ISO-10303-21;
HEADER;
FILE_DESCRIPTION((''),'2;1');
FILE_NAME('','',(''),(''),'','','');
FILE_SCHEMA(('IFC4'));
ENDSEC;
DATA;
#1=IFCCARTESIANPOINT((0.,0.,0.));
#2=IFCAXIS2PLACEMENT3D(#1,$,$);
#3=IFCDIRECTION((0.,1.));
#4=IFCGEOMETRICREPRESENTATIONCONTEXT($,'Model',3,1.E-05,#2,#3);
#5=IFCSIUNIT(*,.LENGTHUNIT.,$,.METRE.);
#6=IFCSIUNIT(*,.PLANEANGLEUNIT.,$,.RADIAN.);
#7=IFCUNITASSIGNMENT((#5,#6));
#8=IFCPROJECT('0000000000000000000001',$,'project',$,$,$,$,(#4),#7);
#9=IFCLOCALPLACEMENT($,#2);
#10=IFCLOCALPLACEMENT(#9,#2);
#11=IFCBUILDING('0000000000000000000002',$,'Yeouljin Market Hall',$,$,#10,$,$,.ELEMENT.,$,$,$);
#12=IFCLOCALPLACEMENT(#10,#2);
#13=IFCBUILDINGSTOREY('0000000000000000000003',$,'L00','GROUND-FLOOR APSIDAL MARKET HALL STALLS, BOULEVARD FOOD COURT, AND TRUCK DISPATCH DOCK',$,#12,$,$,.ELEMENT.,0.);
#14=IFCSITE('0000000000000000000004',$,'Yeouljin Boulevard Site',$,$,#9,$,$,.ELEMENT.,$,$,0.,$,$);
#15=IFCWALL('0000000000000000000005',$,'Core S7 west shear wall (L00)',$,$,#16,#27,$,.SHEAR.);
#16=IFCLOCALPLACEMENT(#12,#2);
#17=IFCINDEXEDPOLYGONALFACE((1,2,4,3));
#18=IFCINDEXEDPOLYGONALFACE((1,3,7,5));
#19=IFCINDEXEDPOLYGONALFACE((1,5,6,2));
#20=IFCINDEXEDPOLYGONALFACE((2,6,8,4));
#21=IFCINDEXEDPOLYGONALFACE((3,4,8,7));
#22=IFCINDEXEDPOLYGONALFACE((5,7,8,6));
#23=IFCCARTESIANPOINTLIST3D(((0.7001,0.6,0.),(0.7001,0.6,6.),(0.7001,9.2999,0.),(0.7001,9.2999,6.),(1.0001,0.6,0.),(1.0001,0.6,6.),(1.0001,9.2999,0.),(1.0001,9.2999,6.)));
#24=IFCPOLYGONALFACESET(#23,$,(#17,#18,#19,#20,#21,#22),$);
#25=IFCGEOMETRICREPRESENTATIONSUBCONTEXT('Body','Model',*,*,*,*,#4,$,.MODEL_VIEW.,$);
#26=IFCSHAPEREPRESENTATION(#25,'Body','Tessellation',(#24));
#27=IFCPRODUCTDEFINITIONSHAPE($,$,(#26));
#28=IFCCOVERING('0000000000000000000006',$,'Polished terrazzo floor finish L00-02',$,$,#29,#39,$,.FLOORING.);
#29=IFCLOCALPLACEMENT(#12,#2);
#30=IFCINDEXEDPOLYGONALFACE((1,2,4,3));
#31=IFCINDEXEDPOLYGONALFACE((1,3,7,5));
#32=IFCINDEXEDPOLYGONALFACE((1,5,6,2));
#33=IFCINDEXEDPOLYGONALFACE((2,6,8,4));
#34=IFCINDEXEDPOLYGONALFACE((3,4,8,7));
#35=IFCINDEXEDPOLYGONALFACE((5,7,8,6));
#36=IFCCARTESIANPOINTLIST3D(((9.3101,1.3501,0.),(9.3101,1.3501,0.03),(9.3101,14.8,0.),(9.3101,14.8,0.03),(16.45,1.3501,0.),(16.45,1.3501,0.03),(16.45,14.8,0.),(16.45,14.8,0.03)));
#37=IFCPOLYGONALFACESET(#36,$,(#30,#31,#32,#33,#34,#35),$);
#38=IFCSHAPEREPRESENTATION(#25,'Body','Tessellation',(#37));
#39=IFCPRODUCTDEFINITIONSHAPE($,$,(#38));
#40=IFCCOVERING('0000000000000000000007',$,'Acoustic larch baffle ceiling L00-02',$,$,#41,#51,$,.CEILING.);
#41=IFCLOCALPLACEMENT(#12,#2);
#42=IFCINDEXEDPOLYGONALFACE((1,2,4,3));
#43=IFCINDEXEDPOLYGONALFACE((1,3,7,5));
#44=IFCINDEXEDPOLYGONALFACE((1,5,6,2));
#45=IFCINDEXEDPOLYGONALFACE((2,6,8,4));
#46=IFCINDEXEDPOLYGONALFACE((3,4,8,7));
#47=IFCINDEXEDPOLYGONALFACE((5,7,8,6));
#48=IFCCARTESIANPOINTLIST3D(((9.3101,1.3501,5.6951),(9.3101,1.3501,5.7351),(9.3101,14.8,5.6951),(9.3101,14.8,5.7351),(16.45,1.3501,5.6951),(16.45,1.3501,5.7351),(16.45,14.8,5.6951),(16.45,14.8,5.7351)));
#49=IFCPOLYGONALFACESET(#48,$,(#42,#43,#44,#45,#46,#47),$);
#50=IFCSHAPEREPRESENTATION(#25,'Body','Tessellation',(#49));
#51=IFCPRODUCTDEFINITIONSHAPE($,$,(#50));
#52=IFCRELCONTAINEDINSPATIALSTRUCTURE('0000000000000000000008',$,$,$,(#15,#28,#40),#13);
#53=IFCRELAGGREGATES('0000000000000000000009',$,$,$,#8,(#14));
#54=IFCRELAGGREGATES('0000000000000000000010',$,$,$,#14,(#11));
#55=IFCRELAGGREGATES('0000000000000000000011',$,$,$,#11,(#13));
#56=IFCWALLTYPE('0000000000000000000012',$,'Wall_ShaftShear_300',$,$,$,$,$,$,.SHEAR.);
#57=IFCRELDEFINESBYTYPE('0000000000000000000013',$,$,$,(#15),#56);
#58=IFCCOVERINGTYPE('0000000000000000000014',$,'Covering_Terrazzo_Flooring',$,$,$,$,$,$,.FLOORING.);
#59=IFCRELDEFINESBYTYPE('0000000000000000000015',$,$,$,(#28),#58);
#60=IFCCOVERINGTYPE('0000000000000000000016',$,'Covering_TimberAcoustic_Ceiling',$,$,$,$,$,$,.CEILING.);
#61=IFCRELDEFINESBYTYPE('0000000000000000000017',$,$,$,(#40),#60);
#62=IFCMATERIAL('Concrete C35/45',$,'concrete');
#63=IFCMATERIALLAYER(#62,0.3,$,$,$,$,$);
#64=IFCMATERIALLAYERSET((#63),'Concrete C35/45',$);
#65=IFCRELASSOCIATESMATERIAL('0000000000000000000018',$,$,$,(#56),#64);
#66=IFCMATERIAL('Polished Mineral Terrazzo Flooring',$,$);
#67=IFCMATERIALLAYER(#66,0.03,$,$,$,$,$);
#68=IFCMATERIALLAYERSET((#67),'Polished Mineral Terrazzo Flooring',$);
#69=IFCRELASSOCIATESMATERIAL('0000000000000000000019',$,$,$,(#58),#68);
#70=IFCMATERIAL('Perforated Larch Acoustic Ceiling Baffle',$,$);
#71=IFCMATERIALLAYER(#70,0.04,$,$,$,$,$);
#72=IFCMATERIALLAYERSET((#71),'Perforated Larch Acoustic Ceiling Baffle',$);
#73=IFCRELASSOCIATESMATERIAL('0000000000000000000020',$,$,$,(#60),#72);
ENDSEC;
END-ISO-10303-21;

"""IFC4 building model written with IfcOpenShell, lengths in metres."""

from ifc_helpers import new_model, si_unit, direction, frame, frame_2d, origin, place, context, subcontext, project, spatial, polyline, rectangle, outline, extrude, material, layer, layer_set, type_object, element, save


model = new_model("IFC4")

# Units and contexts
model_context = context("Model", 3, precision=1e-05, world=origin(), true_north=direction((0.0, 1.0)))
body_context = subcontext(model_context, "Body", "Model", "MODEL_VIEW")
ifc_project = project(units=[si_unit("LENGTHUNIT", "METRE"), si_unit("PLANEANGLEUNIT", "RADIAN")], contexts=[model_context])

# Site, building, storey
site_placement = place(None, origin())
site = spatial("IfcSite", under=ifc_project, at=site_placement, Name="Yeouljin Boulevard Site", CompositionType="ELEMENT", RefElevation=0.0)
building_placement = place(site_placement, origin())
building = spatial("IfcBuilding", under=site, at=building_placement, Name="Yeouljin Market Hall", CompositionType="ELEMENT")
storey_placement = place(building_placement, origin())
storey = spatial("IfcBuildingStorey", under=building, at=storey_placement, Name="L00", Description="GROUND-FLOOR APSIDAL MARKET HALL STALLS, BOULEVARD FOOD COURT, AND TRUCK DISPATCH DOCK", CompositionType="ELEMENT", Elevation=0.0)

# Wall
ifc_material_1 = material(Name="Concrete C35/45", Category="concrete")
ifc_layer_1 = layer(ifc_material_1, 0.3)
ifc_layer_set_1 = layer_set([ifc_layer_1], Name="Concrete C35/45")
wall_type_1 = type_object("IfcWallType", Name="Wall_ShaftShear_300", PredefinedType="SHEAR", material=ifc_layer_set_1)
wall_1_placement = place(storey_placement, frame((0.8501, 9.3, 0.0), z_axis=(0.0, 0.0, 1.0), x_axis=(0.0, -1.0, 0.0)))
element("IfcWall", 1, at=wall_1_placement, inside=storey, type_object=wall_type_1, Name="Core S7 west shear wall (L00)", PredefinedType="SHEAR", context=body_context, shape_type="SweptSolid", body=[
    extrude(rectangle(XDim=8.7, YDim=0.3, at=frame_2d((4.3501, 0.0))), origin(), (0.0, 0.0, 1.0), 6.0),
])

# Coverings
ifc_material_2 = material(Name="Polished Mineral Terrazzo Flooring")
ifc_layer_2 = layer(ifc_material_2, 0.03)
ifc_layer_set_2 = layer_set([ifc_layer_2], Name="Polished Mineral Terrazzo Flooring")
covering_type_1 = type_object("IfcCoveringType", Name="Covering_Terrazzo_Flooring", PredefinedType="FLOORING", material=ifc_layer_set_2)
covering_1_placement = place(storey_placement, origin())
element("IfcCovering", 2, at=covering_1_placement, inside=storey, type_object=covering_type_1, Name="Polished terrazzo floor finish L00-02", PredefinedType="FLOORING", context=body_context, shape_type="SweptSolid", body=[
    extrude(outline(polyline([(16.45, 1.3501), (16.45, 14.8), (9.3101, 14.8), (9.3101, 1.3501), (16.45, 1.3501)])), origin(), (0.0, 0.0, 1.0), 0.03),
])
ifc_material_3 = material(Name="Perforated Larch Acoustic Ceiling Baffle")
ifc_layer_3 = layer(ifc_material_3, 0.04)
ifc_layer_set_3 = layer_set([ifc_layer_3], Name="Perforated Larch Acoustic Ceiling Baffle")
covering_type_2 = type_object("IfcCoveringType", Name="Covering_TimberAcoustic_Ceiling", PredefinedType="CEILING", material=ifc_layer_set_3)
covering_2_placement = place(storey_placement, frame((0.0, 0.0, 5.6951)))
element("IfcCovering", 3, at=covering_2_placement, inside=storey, type_object=covering_type_2, Name="Acoustic larch baffle ceiling L00-02", PredefinedType="CEILING", context=body_context, shape_type="SweptSolid", body=[
    extrude(outline(polyline([(16.45, 1.3501), (16.45, 14.8), (9.3101, 14.8), (9.3101, 1.3501), (16.45, 1.3501)])), origin(), (0.0, 0.0, 1.0), 0.04),
])

save(model, "model.ifc")
